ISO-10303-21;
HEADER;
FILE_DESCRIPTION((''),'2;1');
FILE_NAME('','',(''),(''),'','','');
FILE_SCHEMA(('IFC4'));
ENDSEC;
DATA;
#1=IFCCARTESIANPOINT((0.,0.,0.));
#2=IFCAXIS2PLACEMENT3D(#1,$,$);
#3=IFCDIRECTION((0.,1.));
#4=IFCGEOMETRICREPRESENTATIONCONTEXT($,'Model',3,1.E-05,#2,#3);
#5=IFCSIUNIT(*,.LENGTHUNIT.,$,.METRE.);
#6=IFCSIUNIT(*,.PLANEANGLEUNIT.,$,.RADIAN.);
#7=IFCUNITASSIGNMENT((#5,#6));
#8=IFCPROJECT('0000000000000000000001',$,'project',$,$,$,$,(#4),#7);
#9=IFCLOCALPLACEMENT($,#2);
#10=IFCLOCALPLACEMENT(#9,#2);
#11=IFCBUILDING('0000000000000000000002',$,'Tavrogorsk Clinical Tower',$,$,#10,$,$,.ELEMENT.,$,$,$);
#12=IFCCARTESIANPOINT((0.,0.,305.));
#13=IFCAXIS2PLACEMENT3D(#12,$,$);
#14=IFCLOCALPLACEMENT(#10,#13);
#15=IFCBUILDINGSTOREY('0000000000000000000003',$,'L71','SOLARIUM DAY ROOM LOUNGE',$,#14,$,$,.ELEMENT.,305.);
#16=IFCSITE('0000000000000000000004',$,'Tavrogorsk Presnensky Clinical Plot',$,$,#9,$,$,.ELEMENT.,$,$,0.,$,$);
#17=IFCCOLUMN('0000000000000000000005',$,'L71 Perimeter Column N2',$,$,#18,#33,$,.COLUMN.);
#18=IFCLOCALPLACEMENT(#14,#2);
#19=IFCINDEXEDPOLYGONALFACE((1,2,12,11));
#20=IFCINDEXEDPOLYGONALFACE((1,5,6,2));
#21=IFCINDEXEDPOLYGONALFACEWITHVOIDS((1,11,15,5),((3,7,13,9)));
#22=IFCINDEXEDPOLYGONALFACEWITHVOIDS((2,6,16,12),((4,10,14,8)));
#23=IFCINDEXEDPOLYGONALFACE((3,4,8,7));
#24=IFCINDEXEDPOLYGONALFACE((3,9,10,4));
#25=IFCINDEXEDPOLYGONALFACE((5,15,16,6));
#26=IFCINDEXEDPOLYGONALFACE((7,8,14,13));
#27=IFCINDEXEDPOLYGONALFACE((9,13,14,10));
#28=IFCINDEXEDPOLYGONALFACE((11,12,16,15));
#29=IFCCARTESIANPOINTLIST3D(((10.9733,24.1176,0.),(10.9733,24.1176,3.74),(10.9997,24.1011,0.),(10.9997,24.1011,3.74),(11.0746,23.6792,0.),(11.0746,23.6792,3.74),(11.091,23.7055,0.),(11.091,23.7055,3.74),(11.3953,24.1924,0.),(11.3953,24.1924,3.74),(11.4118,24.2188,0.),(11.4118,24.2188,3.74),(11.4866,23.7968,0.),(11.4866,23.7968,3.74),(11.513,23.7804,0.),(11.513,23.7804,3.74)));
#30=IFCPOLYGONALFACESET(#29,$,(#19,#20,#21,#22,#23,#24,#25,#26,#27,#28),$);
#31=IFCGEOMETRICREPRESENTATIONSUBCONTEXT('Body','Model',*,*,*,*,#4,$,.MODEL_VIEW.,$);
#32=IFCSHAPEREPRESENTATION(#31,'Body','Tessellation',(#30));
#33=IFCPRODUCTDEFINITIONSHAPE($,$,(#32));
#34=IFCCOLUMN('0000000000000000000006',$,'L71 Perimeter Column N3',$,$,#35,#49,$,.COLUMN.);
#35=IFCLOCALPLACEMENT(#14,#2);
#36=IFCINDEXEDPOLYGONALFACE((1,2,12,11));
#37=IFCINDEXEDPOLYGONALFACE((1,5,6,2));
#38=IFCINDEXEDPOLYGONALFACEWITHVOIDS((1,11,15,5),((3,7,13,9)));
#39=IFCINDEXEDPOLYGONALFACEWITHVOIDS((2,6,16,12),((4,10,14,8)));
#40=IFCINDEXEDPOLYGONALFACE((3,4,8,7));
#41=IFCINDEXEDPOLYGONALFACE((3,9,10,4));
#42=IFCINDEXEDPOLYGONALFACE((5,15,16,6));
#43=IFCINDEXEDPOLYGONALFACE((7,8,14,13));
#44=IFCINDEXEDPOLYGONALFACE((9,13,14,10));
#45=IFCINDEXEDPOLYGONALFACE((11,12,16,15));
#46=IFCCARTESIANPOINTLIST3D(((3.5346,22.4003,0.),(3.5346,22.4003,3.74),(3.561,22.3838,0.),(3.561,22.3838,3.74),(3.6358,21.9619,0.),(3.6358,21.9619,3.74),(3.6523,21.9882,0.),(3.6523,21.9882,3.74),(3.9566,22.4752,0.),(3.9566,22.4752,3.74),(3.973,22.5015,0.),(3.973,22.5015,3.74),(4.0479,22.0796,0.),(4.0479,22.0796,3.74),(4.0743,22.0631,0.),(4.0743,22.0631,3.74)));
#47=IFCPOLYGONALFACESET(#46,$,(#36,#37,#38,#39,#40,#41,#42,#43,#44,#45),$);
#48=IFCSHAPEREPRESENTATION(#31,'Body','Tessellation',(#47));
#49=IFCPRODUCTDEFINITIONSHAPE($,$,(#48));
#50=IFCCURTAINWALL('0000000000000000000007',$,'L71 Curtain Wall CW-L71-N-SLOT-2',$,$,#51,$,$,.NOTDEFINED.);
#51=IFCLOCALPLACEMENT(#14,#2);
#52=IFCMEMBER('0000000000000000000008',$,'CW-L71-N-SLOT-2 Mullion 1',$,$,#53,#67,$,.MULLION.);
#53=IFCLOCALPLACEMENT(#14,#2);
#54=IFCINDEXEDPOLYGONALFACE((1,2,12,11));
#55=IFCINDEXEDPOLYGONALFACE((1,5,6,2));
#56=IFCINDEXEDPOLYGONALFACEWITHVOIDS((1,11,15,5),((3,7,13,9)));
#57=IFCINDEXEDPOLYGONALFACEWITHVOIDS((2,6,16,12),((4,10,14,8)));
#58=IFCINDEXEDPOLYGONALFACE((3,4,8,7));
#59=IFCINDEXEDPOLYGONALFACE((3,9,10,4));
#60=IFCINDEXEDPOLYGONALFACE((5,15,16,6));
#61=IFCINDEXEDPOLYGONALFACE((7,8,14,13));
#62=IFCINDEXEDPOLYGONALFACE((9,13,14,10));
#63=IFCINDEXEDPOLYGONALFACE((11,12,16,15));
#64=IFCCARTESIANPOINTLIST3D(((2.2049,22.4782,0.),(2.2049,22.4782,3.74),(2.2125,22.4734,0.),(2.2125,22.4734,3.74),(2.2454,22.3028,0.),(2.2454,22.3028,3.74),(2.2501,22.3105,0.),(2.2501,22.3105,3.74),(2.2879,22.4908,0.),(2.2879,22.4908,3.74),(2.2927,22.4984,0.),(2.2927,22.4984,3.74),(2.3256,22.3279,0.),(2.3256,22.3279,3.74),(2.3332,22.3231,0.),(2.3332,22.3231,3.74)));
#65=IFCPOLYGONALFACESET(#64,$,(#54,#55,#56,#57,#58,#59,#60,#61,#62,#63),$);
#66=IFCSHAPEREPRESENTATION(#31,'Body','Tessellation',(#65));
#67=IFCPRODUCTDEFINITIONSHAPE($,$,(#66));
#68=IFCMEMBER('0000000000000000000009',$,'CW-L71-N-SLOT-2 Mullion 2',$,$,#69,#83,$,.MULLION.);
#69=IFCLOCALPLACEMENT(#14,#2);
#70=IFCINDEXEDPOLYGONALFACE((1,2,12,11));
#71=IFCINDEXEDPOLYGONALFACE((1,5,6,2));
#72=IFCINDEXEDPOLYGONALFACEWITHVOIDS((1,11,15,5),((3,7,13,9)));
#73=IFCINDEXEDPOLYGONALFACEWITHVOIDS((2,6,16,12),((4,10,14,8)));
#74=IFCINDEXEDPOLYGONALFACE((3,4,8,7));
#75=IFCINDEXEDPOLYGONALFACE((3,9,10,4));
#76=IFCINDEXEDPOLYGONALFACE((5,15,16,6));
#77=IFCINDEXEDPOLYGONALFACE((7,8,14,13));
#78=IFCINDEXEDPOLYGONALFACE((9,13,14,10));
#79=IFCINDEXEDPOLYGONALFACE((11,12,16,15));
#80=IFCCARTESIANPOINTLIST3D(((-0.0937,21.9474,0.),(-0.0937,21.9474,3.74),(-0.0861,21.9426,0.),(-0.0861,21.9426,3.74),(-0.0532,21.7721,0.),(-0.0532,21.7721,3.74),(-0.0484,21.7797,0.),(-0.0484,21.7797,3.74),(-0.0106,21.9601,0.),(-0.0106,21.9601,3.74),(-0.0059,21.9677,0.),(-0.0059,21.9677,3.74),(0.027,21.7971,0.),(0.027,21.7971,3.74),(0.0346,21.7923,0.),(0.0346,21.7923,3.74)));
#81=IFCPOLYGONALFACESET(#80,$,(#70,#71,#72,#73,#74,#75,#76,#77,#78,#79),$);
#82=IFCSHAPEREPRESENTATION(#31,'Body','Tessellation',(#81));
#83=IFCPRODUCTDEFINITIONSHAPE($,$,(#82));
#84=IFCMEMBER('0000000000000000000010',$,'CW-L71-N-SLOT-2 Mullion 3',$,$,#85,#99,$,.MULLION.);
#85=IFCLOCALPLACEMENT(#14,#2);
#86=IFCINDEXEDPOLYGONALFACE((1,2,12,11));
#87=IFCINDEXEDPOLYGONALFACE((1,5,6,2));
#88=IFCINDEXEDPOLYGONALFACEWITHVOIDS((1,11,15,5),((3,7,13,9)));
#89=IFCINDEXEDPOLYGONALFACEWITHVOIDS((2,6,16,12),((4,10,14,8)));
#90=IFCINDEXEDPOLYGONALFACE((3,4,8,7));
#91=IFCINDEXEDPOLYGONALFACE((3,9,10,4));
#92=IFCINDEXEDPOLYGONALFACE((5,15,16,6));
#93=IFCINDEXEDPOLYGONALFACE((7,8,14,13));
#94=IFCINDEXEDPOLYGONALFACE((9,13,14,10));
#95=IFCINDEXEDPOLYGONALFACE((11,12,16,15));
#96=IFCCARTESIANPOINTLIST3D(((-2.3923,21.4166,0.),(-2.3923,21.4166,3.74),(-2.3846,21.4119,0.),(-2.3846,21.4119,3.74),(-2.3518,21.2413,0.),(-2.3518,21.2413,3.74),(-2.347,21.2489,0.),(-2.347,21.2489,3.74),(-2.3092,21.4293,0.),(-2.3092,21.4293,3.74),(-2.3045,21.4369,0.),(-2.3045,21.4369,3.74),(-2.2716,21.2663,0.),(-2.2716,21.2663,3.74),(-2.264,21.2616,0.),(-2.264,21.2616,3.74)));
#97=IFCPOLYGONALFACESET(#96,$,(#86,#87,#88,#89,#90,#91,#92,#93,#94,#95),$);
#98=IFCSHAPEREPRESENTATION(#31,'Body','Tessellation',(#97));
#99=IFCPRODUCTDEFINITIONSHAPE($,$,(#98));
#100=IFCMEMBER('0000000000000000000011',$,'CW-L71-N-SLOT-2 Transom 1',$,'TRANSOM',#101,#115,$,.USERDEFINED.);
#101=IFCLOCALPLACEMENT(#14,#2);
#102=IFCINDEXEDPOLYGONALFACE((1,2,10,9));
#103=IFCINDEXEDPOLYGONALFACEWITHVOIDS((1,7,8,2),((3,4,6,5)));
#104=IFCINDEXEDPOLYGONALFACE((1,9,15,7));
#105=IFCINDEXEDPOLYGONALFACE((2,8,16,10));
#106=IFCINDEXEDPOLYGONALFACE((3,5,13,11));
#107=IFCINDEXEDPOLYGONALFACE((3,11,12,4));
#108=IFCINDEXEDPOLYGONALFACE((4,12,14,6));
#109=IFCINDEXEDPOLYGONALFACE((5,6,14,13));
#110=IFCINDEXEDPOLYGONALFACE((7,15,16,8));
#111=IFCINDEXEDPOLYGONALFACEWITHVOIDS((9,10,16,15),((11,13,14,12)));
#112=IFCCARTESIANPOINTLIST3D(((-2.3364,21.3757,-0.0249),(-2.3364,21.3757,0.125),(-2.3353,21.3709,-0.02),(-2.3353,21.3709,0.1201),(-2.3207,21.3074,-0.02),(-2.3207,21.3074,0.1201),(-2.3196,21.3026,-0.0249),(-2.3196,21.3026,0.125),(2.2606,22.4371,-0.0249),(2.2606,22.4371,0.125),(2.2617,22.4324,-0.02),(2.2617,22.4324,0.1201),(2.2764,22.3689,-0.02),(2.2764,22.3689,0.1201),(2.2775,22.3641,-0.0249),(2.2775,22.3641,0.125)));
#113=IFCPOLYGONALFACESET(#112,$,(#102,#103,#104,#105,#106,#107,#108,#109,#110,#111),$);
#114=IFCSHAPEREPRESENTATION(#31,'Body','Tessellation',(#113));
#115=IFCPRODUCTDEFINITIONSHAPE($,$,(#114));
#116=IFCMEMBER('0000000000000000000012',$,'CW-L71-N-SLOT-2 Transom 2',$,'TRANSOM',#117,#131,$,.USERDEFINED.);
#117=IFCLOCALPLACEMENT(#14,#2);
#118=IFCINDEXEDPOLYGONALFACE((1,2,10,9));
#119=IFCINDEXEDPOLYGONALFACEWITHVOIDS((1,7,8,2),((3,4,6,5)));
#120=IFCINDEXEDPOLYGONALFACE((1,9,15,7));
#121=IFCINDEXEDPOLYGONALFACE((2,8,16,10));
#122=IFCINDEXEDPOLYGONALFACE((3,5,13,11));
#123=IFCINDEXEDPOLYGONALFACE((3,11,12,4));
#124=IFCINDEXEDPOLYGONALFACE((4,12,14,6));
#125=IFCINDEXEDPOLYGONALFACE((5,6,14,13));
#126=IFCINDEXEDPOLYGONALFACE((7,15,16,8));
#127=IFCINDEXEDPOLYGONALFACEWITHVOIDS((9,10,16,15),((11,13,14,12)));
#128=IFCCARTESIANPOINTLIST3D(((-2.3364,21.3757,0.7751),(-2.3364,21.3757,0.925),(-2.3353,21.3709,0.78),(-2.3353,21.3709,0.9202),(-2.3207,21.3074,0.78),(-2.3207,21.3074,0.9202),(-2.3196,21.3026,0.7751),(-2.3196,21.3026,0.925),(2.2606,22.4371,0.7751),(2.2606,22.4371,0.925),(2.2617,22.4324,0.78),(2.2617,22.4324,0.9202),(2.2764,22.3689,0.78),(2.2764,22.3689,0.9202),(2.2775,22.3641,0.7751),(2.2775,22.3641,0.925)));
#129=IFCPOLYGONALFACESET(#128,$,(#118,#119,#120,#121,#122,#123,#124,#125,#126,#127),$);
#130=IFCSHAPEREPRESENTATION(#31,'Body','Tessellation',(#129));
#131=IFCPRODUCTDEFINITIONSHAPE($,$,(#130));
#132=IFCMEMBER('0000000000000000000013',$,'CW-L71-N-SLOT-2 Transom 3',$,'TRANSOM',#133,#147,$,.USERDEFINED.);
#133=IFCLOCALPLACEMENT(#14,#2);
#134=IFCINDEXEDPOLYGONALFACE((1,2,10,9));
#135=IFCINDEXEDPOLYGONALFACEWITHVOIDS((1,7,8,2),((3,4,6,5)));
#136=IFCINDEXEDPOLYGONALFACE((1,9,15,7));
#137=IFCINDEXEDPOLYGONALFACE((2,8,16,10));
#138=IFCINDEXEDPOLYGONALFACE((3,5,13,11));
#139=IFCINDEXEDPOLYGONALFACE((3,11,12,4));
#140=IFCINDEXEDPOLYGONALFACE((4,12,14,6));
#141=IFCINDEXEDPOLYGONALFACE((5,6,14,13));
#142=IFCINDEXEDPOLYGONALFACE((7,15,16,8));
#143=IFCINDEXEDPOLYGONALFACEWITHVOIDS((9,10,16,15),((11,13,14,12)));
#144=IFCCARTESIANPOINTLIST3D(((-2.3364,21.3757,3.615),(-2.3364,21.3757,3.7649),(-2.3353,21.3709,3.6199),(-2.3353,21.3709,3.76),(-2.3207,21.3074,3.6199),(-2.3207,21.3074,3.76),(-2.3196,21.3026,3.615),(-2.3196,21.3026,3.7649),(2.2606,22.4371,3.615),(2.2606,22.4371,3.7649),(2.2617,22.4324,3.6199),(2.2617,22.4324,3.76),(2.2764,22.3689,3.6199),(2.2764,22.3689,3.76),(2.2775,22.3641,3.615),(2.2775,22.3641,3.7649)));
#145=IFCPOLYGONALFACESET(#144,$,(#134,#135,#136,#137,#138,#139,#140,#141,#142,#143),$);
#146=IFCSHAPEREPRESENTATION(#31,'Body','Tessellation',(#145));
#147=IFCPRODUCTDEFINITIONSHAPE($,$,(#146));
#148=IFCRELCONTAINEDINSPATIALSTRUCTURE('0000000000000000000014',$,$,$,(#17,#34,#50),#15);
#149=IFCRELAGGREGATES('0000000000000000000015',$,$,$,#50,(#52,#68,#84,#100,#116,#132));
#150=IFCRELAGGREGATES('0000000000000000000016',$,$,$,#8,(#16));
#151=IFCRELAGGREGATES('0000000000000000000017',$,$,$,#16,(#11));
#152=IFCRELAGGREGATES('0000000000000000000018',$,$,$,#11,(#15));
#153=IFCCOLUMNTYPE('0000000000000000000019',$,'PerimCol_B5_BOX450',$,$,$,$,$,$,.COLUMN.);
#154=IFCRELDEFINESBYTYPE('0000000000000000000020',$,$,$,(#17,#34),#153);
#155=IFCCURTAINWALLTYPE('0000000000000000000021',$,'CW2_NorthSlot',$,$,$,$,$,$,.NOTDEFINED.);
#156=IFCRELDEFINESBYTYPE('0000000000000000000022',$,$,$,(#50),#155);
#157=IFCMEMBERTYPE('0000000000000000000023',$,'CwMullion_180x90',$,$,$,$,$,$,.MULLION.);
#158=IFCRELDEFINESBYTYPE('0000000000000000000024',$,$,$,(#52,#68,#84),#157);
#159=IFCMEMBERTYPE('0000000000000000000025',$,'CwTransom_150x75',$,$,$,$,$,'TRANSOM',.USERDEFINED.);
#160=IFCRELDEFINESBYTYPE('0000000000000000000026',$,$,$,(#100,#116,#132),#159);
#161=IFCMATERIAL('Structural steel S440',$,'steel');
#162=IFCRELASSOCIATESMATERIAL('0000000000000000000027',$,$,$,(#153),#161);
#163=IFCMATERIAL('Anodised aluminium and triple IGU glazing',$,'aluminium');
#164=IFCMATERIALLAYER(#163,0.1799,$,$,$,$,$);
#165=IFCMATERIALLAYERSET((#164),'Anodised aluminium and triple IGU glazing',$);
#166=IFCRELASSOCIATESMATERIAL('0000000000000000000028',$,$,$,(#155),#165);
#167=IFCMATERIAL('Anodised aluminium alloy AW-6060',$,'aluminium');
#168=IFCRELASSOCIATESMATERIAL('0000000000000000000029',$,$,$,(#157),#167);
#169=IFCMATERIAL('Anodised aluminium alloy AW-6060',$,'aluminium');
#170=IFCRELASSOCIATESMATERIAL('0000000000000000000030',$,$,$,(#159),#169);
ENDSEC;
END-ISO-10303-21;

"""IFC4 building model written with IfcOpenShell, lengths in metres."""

from ifc_helpers import new_model, si_unit, direction, frame, origin, origin_2d, place, context, subcontext, project, spatial, hollow_rectangle, extrude, material, layer, layer_set, material_profile, profile_set, type_object, element, aggregate, save


model = new_model("IFC4")

# Units and contexts
model_context = context("Model", 3, precision=1e-05, world=origin(), true_north=direction((0.0, 1.0)))
body_context = subcontext(model_context, "Body", "Model", "MODEL_VIEW")
ifc_project = project(units=[si_unit("LENGTHUNIT", "METRE"), si_unit("PLANEANGLEUNIT", "RADIAN")], contexts=[model_context])

# Site, building, storey
site_placement = place(None, origin())
site = spatial("IfcSite", under=ifc_project, at=site_placement, Name="Tavrogorsk Presnensky Clinical Plot", CompositionType="ELEMENT", RefElevation=0.0)
building_placement = place(site_placement, origin())
building = spatial("IfcBuilding", under=site, at=building_placement, Name="Tavrogorsk Clinical Tower", CompositionType="ELEMENT")
storey_placement = place(building_placement, frame((0.0, 0.0, 305.0)))
storey = spatial("IfcBuildingStorey", under=building, at=storey_placement, Name="L71", Description="SOLARIUM DAY ROOM LOUNGE", CompositionType="ELEMENT", Elevation=305.0)

# Columns
ifc_material_1 = material(Name="Structural steel S440", Category="steel")
ifc_material_profile_1 = material_profile(ifc_material_1, hollow_rectangle(XDim=0.45, YDim=0.45, WallThickness=0.022, at=origin_2d()), Name="BOX-450x450x22")
ifc_profile_set_1 = profile_set([ifc_material_profile_1], Name="Structural steel S440")
column_type = type_object("IfcColumnType", Name="PerimCol_B5_BOX450", PredefinedType="COLUMN", material=ifc_profile_set_1)
for number, where, z_axis, x_axis, name in (
    (1, (11.2432, 23.949, 0.0), (0.0, 0.0, 1.0), (0.97437, 0.224951, 0.0), "L71 Perimeter Column N2"),
    (2, (3.8044, 22.2317, 0.0), (0.0, 0.0, 1.0), (0.97437, 0.224951, 0.0), "L71 Perimeter Column N3"),
):
    element("IfcColumn", number, at=place(storey_placement, frame(where, z_axis=z_axis, x_axis=x_axis)), inside=storey, type_object=column_type, Name=name, PredefinedType="COLUMN", context=body_context, shape_type="SweptSolid", body=[
        extrude(hollow_rectangle(XDim=0.45, YDim=0.45, WallThickness=0.022, at=origin_2d()), origin(), (0.0, 0.0, 1.0), 3.74),
    ])

# Curtain wall, members
ifc_material_2 = material(Name="Anodised aluminium and triple IGU glazing", Category="aluminium")
ifc_layer_1 = layer(ifc_material_2, 0.1799)
ifc_layer_set_1 = layer_set([ifc_layer_1], Name="Anodised aluminium and triple IGU glazing")
curtain_wall_type = type_object("IfcCurtainWallType", Name="CW2_NorthSlot", PredefinedType="NOTDEFINED", material=ifc_layer_set_1)
curtain_wall_placement = place(storey_placement, origin())
curtain_wall = element("IfcCurtainWall", 3, at=curtain_wall_placement, inside=storey, type_object=curtain_wall_type, Name="L71 Curtain Wall CW-L71-N-SLOT-2", PredefinedType="NOTDEFINED")
ifc_material_3 = material(Name="Anodised aluminium alloy AW-6060", Category="aluminium")
ifc_material_profile_2 = material_profile(ifc_material_3, hollow_rectangle(XDim=0.0901, YDim=0.1799, WallThickness=0.0063, at=origin_2d()), Name="RHS-180x90x6.3")
ifc_profile_set_2 = profile_set([ifc_material_profile_2], Name="Anodised aluminium alloy AW-6060")
member_type_1 = type_object("IfcMemberType", Name="CwMullion_180x90", PredefinedType="MULLION", material=ifc_profile_set_2)
member_1_placement = place(storey_placement, frame((2.269, 22.4006, 0.0), z_axis=(0.0, 0.0, 1.0), x_axis=(-0.97437, -0.224951, 0.0)))
member_1 = element("IfcMember", 4, at=member_1_placement, type_object=member_type_1, Name="CW-L71-N-SLOT-2 Mullion 1", PredefinedType="MULLION", context=body_context, shape_type="SweptSolid", body=[
    extrude(hollow_rectangle(XDim=0.0901, YDim=0.1799, WallThickness=0.0063, at=origin_2d()), origin(), (0.0, 0.0, 1.0), 3.74),
])
member_2_placement = place(storey_placement, frame((-0.0295, 21.8699, 0.0), z_axis=(0.0, 0.0, 1.0), x_axis=(-0.97437, -0.224951, 0.0)))
member_2 = element("IfcMember", 5, at=member_2_placement, type_object=member_type_1, Name="CW-L71-N-SLOT-2 Mullion 2", PredefinedType="MULLION", context=body_context, shape_type="SweptSolid", body=[
    extrude(hollow_rectangle(XDim=0.0901, YDim=0.1799, WallThickness=0.0063, at=origin_2d()), origin(), (0.0, 0.0, 1.0), 3.74),
])
member_3_placement = place(storey_placement, frame((-2.3281, 21.3391, 0.0), z_axis=(0.0, 0.0, 1.0), x_axis=(-0.97437, -0.224951, 0.0)))
member_3 = element("IfcMember", 6, at=member_3_placement, type_object=member_type_1, Name="CW-L71-N-SLOT-2 Mullion 3", PredefinedType="MULLION", context=body_context, shape_type="SweptSolid", body=[
    extrude(hollow_rectangle(XDim=0.0901, YDim=0.1799, WallThickness=0.0063, at=origin_2d()), origin(), (0.0, 0.0, 1.0), 3.74),
])
ifc_material_4 = material(Name="Anodised aluminium alloy AW-6060", Category="aluminium")
ifc_material_profile_3 = material_profile(ifc_material_4, hollow_rectangle(XDim=0.075, YDim=0.1499, WallThickness=0.0049, at=origin_2d()), Name="RHS-150x75x5")
ifc_profile_set_3 = profile_set([ifc_material_profile_3], Name="Anodised aluminium alloy AW-6060")
member_type_2 = type_object("IfcMemberType", Name="CwTransom_150x75", ElementType="TRANSOM", PredefinedType="USERDEFINED", material=ifc_profile_set_3)
member_4_placement = place(storey_placement, frame((2.269, 22.4006, 0.05), z_axis=(-0.974362, -0.224988, 0.0), x_axis=(0.224988, -0.974362, 0.0)))
member_4 = element("IfcMember", 7, at=member_4_placement, type_object=member_type_2, Name="CW-L71-N-SLOT-2 Transom 1", ObjectType="TRANSOM", PredefinedType="USERDEFINED", context=body_context, shape_type="SweptSolid", body=[
    extrude(hollow_rectangle(XDim=0.075, YDim=0.1499, WallThickness=0.0049, at=origin_2d()), origin(), (0.0, 0.0, 1.0), 4.718),
])
member_5_placement = place(storey_placement, frame((2.269, 22.4006, 0.8501), z_axis=(-0.974362, -0.224988, 0.0), x_axis=(0.224988, -0.974362, 0.0)))
member_5 = element("IfcMember", 8, at=member_5_placement, type_object=member_type_2, Name="CW-L71-N-SLOT-2 Transom 2", ObjectType="TRANSOM", PredefinedType="USERDEFINED", context=body_context, shape_type="SweptSolid", body=[
    extrude(hollow_rectangle(XDim=0.075, YDim=0.1499, WallThickness=0.0049, at=origin_2d()), origin(), (0.0, 0.0, 1.0), 4.718),
])
member_6_placement = place(storey_placement, frame((2.269, 22.4006, 3.6899), z_axis=(-0.974362, -0.224988, 0.0), x_axis=(0.224988, -0.974362, 0.0)))
member_6 = element("IfcMember", 9, at=member_6_placement, type_object=member_type_2, Name="CW-L71-N-SLOT-2 Transom 3", ObjectType="TRANSOM", PredefinedType="USERDEFINED", context=body_context, shape_type="SweptSolid", body=[
    extrude(hollow_rectangle(XDim=0.075, YDim=0.1499, WallThickness=0.0049, at=origin_2d()), origin(), (0.0, 0.0, 1.0), 4.718),
])

aggregate(curtain_wall, [member_1, member_2, member_3, member_4, member_5, member_6])

save(model, "model.ifc")
